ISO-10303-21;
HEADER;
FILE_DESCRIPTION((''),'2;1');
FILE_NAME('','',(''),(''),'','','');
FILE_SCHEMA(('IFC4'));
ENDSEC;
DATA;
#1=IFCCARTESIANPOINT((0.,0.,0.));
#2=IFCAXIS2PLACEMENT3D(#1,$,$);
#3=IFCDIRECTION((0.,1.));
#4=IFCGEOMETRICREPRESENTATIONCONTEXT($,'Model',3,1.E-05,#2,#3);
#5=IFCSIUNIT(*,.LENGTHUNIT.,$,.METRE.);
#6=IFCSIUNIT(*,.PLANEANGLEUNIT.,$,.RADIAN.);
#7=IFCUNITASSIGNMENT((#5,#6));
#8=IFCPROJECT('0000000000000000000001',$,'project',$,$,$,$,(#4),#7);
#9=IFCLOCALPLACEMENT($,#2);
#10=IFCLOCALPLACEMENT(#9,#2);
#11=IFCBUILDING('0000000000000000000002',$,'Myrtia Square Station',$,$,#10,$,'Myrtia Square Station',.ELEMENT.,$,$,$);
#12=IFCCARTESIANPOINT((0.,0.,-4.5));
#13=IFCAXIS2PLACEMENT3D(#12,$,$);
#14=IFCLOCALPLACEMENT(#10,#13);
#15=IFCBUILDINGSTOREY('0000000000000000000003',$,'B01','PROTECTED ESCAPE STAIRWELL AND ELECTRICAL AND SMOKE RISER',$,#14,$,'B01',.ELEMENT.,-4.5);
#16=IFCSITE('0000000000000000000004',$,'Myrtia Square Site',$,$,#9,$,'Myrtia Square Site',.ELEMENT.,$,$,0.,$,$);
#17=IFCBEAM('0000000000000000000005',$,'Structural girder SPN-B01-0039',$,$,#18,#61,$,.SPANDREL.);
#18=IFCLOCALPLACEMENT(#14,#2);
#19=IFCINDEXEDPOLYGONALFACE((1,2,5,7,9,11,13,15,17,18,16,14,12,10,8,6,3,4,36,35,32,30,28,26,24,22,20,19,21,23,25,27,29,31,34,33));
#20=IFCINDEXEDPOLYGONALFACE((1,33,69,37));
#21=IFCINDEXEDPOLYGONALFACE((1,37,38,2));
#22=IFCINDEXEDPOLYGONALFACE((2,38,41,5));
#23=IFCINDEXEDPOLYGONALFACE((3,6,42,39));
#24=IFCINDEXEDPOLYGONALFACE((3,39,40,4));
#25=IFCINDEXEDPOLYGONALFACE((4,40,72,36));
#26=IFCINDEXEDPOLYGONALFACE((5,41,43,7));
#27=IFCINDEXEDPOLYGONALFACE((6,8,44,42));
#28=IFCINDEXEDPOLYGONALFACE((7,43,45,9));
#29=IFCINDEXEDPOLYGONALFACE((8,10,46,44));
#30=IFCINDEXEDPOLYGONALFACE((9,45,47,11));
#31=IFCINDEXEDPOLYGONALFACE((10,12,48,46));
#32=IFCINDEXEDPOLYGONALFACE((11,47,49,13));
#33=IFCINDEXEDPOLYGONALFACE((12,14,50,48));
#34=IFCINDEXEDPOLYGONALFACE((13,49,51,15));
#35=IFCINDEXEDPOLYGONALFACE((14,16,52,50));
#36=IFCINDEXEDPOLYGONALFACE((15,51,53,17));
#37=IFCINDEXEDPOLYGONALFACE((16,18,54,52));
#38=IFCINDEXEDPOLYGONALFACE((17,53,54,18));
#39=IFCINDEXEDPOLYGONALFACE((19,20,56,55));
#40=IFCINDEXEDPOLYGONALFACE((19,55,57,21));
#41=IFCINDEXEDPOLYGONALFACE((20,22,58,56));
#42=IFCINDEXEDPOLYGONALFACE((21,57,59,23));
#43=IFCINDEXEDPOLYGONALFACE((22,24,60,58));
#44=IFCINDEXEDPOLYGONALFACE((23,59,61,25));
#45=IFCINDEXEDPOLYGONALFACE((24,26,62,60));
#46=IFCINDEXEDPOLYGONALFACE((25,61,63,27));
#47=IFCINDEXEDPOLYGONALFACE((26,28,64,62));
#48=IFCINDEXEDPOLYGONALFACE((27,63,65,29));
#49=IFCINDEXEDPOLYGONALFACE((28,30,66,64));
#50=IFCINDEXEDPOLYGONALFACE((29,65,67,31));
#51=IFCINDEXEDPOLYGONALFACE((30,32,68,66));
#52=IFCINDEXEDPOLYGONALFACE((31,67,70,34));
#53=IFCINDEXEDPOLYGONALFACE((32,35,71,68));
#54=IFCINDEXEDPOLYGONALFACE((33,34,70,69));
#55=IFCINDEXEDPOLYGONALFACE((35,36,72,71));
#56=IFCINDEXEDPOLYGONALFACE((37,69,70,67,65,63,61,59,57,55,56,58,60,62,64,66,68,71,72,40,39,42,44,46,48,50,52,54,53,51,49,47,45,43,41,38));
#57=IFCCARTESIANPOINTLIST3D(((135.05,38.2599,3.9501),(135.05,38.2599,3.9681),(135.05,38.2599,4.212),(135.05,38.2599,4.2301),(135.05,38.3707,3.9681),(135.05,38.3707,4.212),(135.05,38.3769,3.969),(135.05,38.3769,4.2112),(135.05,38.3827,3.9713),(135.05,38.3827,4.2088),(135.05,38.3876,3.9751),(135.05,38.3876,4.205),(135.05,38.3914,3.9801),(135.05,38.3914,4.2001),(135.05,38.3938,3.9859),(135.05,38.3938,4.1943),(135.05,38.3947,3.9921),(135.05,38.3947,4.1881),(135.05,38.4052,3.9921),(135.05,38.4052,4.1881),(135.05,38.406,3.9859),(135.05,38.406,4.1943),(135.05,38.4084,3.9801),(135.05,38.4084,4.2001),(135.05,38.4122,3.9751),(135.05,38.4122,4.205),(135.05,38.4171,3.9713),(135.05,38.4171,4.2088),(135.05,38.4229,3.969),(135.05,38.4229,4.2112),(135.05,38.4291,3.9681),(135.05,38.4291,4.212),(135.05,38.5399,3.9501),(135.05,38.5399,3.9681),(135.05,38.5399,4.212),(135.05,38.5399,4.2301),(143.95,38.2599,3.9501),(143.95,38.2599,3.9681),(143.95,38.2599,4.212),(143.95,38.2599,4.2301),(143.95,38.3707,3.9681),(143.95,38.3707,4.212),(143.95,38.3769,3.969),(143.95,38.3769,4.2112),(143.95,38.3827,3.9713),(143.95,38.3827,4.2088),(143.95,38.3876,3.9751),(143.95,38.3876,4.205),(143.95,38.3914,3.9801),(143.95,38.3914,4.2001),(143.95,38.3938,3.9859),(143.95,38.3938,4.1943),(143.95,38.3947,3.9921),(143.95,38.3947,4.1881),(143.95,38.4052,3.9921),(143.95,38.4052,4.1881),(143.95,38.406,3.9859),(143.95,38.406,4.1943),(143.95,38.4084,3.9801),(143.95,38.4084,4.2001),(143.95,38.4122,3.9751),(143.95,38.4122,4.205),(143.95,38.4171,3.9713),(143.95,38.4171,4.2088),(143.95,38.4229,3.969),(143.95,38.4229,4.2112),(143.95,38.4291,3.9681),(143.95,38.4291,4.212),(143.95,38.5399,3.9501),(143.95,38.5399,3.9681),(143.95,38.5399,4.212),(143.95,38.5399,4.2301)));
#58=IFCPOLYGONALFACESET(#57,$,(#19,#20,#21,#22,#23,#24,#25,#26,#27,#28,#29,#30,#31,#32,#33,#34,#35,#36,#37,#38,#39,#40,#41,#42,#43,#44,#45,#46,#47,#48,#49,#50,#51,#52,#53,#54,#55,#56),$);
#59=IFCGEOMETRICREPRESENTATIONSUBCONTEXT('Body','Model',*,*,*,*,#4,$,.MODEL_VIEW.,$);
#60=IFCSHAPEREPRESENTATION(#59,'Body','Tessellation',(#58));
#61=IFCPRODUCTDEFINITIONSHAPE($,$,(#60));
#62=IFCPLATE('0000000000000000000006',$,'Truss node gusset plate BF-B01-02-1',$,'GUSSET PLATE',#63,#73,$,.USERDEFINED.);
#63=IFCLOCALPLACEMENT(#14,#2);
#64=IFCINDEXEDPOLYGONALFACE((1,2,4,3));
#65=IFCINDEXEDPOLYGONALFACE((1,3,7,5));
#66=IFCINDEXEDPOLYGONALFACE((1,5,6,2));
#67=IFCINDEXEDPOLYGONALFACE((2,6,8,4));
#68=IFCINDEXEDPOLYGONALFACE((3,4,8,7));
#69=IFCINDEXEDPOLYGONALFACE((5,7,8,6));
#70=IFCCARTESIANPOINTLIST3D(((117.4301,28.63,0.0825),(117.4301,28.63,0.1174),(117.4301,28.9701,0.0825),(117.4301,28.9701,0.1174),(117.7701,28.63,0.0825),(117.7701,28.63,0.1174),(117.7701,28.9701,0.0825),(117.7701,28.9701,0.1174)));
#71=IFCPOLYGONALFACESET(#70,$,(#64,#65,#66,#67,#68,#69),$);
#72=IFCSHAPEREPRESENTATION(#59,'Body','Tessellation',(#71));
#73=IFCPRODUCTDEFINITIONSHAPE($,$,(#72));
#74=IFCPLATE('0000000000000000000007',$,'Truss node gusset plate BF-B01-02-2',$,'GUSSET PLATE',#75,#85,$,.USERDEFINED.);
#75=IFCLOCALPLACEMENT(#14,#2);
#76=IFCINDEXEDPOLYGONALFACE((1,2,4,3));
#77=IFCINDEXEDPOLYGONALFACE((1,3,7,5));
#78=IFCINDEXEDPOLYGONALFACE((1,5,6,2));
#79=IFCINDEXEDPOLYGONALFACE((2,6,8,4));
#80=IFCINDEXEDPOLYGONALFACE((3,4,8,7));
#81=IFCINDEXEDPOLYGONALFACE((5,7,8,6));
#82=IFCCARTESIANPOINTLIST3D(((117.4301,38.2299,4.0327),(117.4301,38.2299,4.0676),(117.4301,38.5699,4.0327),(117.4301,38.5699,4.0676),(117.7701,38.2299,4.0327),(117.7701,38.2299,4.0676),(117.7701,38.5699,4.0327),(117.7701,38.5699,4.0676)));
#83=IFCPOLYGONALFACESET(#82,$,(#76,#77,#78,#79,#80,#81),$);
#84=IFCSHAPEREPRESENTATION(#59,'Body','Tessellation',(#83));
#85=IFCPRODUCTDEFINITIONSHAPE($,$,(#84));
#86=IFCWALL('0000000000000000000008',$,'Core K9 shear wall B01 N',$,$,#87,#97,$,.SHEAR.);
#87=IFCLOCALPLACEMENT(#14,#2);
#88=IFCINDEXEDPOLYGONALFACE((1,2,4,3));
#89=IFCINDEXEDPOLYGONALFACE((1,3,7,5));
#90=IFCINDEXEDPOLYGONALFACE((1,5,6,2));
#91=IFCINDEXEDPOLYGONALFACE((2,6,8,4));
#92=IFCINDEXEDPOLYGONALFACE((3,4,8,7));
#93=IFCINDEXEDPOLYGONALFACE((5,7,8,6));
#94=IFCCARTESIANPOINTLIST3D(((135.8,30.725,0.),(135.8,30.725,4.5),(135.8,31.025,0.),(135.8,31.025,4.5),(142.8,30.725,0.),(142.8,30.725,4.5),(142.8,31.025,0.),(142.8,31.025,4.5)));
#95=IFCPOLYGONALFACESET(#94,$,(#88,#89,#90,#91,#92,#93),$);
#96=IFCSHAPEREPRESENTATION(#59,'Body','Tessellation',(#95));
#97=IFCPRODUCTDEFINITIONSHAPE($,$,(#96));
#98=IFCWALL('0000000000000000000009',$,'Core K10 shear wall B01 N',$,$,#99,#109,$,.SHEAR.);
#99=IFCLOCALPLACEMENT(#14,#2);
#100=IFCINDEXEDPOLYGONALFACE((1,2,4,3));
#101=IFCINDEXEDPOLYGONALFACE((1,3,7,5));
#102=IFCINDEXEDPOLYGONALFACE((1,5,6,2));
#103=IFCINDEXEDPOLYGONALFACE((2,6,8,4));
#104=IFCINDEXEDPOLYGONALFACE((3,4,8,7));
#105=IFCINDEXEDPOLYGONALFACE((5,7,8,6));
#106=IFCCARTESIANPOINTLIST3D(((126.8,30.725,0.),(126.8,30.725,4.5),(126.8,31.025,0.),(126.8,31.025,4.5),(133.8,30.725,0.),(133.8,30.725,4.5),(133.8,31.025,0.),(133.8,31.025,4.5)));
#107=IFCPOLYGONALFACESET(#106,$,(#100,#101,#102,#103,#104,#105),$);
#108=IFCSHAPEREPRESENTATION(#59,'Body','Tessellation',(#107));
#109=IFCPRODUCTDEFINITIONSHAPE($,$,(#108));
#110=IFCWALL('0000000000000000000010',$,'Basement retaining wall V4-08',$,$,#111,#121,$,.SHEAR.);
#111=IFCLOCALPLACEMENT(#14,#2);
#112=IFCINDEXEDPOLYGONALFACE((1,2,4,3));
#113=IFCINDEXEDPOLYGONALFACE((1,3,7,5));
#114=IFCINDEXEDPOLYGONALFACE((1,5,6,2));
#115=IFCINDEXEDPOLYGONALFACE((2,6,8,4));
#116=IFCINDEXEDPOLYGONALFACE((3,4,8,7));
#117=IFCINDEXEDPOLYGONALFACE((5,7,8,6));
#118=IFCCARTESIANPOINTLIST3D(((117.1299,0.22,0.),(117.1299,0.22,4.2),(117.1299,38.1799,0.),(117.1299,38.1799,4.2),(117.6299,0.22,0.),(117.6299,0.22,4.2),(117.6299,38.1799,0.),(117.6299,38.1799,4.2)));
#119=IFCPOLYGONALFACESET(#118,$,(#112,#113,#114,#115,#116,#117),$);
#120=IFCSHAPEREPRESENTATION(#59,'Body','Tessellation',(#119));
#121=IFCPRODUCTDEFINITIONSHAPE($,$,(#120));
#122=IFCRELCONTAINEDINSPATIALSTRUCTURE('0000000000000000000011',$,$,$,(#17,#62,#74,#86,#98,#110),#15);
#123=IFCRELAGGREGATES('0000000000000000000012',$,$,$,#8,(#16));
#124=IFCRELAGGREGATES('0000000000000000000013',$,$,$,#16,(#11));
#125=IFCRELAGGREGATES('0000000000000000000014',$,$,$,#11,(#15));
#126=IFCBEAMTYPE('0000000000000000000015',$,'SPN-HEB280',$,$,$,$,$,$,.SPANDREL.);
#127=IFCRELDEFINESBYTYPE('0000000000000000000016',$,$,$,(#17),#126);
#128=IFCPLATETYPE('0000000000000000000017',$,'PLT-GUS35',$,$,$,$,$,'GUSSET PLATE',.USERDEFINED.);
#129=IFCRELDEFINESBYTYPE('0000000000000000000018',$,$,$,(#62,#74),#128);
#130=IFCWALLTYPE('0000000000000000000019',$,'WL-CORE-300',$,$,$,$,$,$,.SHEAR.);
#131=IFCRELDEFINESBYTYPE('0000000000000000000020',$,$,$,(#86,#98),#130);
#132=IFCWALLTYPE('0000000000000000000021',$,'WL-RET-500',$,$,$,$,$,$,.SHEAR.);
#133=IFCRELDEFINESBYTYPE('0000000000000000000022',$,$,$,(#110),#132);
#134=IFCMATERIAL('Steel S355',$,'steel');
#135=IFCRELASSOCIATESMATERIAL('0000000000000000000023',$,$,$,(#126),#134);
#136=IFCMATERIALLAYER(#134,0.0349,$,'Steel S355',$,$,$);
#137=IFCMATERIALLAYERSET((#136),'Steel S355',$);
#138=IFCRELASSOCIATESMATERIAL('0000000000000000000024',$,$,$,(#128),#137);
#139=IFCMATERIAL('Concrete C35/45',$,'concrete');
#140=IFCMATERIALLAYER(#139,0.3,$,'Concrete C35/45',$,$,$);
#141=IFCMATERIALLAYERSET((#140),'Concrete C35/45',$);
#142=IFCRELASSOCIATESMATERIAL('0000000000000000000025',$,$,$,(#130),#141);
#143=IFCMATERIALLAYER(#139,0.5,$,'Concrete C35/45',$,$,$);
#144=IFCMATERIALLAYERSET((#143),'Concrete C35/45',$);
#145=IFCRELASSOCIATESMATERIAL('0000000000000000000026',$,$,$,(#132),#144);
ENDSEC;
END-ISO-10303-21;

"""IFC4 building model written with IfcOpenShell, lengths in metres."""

from ifc_helpers import new_model, si_unit, direction, frame, frame_2d, origin, origin_2d, place, context, subcontext, project, spatial, rectangle, i_section, extrude, material, layer, layer_set, material_profile, profile_set, type_object, element, save


model = new_model("IFC4")

# Units and contexts
model_context = context("Model", 3, precision=1e-05, world=origin(), true_north=direction((0.0, 1.0)))
body_context = subcontext(model_context, "Body", "Model", "MODEL_VIEW")
ifc_project = project(units=[si_unit("LENGTHUNIT", "METRE"), si_unit("PLANEANGLEUNIT", "RADIAN")], contexts=[model_context])

# Site, building, storey
site_placement = place(None, origin())
site = spatial("IfcSite", under=ifc_project, at=site_placement, Name="Myrtia Square Site", LongName="Myrtia Square Site", CompositionType="ELEMENT", RefElevation=0.0)
building_placement = place(site_placement, origin())
building = spatial("IfcBuilding", under=site, at=building_placement, Name="Myrtia Square Station", LongName="Myrtia Square Station", CompositionType="ELEMENT")
storey_placement = place(building_placement, frame((0.0, 0.0, -4.5)))
storey = spatial("IfcBuildingStorey", under=building, at=storey_placement, Name="B01", Description="PROTECTED ESCAPE STAIRWELL AND ELECTRICAL AND SMOKE RISER", LongName="B01", CompositionType="ELEMENT", Elevation=-4.5)

# Shared definitions
ifc_material_1 = material(Name="Concrete C35/45", Category="concrete")

# Shared definitions
ifc_material_2 = material(Name="Steel S355", Category="steel")

# Beam
ifc_material_profile_1 = material_profile(ifc_material_2, i_section(OverallWidth=0.28, OverallDepth=0.28, WebThickness=0.0105, FlangeThickness=0.0181, FilletRadius=0.0239, at=origin_2d()), Name="HEB 280")
ifc_profile_set_1 = profile_set([ifc_material_profile_1], Name="Steel S355")
beam_type_1 = type_object("IfcBeamType", Name="SPN-HEB280", PredefinedType="SPANDREL", material=ifc_profile_set_1)
for number, where, z_axis, x_axis, name in (
    (1, (135.05, 38.3999, 4.0901), (1.0, 0.0, 0.0), (0.0, 1.0, 0.0), "Structural girder SPN-B01-0039"),
):
    element("IfcBeam", number, at=place(storey_placement, frame(where, z_axis=z_axis, x_axis=x_axis)), inside=storey, type_object=beam_type_1, Name=name, PredefinedType="SPANDREL", context=body_context, shape_type="SweptSolid", body=[
        extrude(i_section(OverallWidth=0.28, OverallDepth=0.28, WebThickness=0.0105, FlangeThickness=0.0181, FilletRadius=0.0239, at=origin_2d()), origin(), (0.0, 0.0, 1.0), 8.8999),
    ])

# Plates
ifc_layer_1 = layer(ifc_material_2, 0.0349, Name="Steel S355")
ifc_layer_set_1 = layer_set([ifc_layer_1], Name="Steel S355")
plate_type = type_object("IfcPlateType", Name="PLT-GUS35", ElementType="GUSSET PLATE", PredefinedType="USERDEFINED", material=ifc_layer_set_1)
for number, where, z_axis, x_axis, name in (
    (2, (117.6001, 28.8, 0.0825), (0.0, 0.0, 1.0), (0.0, 1.0, 0.0), "Truss node gusset plate BF-B01-02-1"),
    (3, (117.6001, 38.3999, 4.0327), (0.0, 0.0, 1.0), (0.0, 1.0, 0.0), "Truss node gusset plate BF-B01-02-2"),
):
    element("IfcPlate", number, at=place(storey_placement, frame(where, z_axis=z_axis, x_axis=x_axis)), inside=storey, type_object=plate_type, Name=name, ObjectType="GUSSET PLATE", PredefinedType="USERDEFINED", context=body_context, shape_type="SweptSolid", body=[
        extrude(rectangle(XDim=0.3401, YDim=0.3401, at=origin_2d()), origin(), (0.0, 0.0, 1.0), 0.0349),
    ])

# Walls
ifc_layer_2 = layer(ifc_material_1, 0.3, Name="Concrete C35/45")
ifc_layer_set_2 = layer_set([ifc_layer_2], Name="Concrete C35/45")
wall_type_1 = type_object("IfcWallType", Name="WL-CORE-300", PredefinedType="SHEAR", material=ifc_layer_set_2)
for number, where, z_axis, x_axis, name in (
    (4, (135.8, 30.875, 0.0), (0.0, 0.0, 1.0), (1.0, 0.0, 0.0), "Core K9 shear wall B01 N"),
    (5, (126.8, 30.875, 0.0), (0.0, 0.0, 1.0), (1.0, 0.0, 0.0), "Core K10 shear wall B01 N"),
):
    element("IfcWall", number, at=place(storey_placement, frame(where, z_axis=z_axis, x_axis=x_axis)), inside=storey, type_object=wall_type_1, Name=name, PredefinedType="SHEAR", context=body_context, shape_type="SweptSolid", body=[
        extrude(rectangle(XDim=7.0, YDim=0.3, at=frame_2d((3.5, 0.0))), origin(), (0.0, 0.0, 1.0), 4.5),
    ])
ifc_layer_3 = layer(ifc_material_1, 0.5, Name="Concrete C35/45")
ifc_layer_set_3 = layer_set([ifc_layer_3], Name="Concrete C35/45")
wall_type_2 = type_object("IfcWallType", Name="WL-RET-500", PredefinedType="SHEAR", material=ifc_layer_set_3)
wall_placement = place(storey_placement, frame((117.3799, 38.1799, 0.0), z_axis=(0.0, 0.0, 1.0), x_axis=(0.0, -1.0, 0.0)))
element("IfcWall", 6, at=wall_placement, inside=storey, type_object=wall_type_2, Name="Basement retaining wall V4-08", PredefinedType="SHEAR", context=body_context, shape_type="SweptSolid", body=[
    extrude(rectangle(XDim=37.96, YDim=0.5, at=frame_2d((18.98, 0.0))), origin(), (0.0, 0.0, 1.0), 4.2),
])

save(model, "model.ifc")
